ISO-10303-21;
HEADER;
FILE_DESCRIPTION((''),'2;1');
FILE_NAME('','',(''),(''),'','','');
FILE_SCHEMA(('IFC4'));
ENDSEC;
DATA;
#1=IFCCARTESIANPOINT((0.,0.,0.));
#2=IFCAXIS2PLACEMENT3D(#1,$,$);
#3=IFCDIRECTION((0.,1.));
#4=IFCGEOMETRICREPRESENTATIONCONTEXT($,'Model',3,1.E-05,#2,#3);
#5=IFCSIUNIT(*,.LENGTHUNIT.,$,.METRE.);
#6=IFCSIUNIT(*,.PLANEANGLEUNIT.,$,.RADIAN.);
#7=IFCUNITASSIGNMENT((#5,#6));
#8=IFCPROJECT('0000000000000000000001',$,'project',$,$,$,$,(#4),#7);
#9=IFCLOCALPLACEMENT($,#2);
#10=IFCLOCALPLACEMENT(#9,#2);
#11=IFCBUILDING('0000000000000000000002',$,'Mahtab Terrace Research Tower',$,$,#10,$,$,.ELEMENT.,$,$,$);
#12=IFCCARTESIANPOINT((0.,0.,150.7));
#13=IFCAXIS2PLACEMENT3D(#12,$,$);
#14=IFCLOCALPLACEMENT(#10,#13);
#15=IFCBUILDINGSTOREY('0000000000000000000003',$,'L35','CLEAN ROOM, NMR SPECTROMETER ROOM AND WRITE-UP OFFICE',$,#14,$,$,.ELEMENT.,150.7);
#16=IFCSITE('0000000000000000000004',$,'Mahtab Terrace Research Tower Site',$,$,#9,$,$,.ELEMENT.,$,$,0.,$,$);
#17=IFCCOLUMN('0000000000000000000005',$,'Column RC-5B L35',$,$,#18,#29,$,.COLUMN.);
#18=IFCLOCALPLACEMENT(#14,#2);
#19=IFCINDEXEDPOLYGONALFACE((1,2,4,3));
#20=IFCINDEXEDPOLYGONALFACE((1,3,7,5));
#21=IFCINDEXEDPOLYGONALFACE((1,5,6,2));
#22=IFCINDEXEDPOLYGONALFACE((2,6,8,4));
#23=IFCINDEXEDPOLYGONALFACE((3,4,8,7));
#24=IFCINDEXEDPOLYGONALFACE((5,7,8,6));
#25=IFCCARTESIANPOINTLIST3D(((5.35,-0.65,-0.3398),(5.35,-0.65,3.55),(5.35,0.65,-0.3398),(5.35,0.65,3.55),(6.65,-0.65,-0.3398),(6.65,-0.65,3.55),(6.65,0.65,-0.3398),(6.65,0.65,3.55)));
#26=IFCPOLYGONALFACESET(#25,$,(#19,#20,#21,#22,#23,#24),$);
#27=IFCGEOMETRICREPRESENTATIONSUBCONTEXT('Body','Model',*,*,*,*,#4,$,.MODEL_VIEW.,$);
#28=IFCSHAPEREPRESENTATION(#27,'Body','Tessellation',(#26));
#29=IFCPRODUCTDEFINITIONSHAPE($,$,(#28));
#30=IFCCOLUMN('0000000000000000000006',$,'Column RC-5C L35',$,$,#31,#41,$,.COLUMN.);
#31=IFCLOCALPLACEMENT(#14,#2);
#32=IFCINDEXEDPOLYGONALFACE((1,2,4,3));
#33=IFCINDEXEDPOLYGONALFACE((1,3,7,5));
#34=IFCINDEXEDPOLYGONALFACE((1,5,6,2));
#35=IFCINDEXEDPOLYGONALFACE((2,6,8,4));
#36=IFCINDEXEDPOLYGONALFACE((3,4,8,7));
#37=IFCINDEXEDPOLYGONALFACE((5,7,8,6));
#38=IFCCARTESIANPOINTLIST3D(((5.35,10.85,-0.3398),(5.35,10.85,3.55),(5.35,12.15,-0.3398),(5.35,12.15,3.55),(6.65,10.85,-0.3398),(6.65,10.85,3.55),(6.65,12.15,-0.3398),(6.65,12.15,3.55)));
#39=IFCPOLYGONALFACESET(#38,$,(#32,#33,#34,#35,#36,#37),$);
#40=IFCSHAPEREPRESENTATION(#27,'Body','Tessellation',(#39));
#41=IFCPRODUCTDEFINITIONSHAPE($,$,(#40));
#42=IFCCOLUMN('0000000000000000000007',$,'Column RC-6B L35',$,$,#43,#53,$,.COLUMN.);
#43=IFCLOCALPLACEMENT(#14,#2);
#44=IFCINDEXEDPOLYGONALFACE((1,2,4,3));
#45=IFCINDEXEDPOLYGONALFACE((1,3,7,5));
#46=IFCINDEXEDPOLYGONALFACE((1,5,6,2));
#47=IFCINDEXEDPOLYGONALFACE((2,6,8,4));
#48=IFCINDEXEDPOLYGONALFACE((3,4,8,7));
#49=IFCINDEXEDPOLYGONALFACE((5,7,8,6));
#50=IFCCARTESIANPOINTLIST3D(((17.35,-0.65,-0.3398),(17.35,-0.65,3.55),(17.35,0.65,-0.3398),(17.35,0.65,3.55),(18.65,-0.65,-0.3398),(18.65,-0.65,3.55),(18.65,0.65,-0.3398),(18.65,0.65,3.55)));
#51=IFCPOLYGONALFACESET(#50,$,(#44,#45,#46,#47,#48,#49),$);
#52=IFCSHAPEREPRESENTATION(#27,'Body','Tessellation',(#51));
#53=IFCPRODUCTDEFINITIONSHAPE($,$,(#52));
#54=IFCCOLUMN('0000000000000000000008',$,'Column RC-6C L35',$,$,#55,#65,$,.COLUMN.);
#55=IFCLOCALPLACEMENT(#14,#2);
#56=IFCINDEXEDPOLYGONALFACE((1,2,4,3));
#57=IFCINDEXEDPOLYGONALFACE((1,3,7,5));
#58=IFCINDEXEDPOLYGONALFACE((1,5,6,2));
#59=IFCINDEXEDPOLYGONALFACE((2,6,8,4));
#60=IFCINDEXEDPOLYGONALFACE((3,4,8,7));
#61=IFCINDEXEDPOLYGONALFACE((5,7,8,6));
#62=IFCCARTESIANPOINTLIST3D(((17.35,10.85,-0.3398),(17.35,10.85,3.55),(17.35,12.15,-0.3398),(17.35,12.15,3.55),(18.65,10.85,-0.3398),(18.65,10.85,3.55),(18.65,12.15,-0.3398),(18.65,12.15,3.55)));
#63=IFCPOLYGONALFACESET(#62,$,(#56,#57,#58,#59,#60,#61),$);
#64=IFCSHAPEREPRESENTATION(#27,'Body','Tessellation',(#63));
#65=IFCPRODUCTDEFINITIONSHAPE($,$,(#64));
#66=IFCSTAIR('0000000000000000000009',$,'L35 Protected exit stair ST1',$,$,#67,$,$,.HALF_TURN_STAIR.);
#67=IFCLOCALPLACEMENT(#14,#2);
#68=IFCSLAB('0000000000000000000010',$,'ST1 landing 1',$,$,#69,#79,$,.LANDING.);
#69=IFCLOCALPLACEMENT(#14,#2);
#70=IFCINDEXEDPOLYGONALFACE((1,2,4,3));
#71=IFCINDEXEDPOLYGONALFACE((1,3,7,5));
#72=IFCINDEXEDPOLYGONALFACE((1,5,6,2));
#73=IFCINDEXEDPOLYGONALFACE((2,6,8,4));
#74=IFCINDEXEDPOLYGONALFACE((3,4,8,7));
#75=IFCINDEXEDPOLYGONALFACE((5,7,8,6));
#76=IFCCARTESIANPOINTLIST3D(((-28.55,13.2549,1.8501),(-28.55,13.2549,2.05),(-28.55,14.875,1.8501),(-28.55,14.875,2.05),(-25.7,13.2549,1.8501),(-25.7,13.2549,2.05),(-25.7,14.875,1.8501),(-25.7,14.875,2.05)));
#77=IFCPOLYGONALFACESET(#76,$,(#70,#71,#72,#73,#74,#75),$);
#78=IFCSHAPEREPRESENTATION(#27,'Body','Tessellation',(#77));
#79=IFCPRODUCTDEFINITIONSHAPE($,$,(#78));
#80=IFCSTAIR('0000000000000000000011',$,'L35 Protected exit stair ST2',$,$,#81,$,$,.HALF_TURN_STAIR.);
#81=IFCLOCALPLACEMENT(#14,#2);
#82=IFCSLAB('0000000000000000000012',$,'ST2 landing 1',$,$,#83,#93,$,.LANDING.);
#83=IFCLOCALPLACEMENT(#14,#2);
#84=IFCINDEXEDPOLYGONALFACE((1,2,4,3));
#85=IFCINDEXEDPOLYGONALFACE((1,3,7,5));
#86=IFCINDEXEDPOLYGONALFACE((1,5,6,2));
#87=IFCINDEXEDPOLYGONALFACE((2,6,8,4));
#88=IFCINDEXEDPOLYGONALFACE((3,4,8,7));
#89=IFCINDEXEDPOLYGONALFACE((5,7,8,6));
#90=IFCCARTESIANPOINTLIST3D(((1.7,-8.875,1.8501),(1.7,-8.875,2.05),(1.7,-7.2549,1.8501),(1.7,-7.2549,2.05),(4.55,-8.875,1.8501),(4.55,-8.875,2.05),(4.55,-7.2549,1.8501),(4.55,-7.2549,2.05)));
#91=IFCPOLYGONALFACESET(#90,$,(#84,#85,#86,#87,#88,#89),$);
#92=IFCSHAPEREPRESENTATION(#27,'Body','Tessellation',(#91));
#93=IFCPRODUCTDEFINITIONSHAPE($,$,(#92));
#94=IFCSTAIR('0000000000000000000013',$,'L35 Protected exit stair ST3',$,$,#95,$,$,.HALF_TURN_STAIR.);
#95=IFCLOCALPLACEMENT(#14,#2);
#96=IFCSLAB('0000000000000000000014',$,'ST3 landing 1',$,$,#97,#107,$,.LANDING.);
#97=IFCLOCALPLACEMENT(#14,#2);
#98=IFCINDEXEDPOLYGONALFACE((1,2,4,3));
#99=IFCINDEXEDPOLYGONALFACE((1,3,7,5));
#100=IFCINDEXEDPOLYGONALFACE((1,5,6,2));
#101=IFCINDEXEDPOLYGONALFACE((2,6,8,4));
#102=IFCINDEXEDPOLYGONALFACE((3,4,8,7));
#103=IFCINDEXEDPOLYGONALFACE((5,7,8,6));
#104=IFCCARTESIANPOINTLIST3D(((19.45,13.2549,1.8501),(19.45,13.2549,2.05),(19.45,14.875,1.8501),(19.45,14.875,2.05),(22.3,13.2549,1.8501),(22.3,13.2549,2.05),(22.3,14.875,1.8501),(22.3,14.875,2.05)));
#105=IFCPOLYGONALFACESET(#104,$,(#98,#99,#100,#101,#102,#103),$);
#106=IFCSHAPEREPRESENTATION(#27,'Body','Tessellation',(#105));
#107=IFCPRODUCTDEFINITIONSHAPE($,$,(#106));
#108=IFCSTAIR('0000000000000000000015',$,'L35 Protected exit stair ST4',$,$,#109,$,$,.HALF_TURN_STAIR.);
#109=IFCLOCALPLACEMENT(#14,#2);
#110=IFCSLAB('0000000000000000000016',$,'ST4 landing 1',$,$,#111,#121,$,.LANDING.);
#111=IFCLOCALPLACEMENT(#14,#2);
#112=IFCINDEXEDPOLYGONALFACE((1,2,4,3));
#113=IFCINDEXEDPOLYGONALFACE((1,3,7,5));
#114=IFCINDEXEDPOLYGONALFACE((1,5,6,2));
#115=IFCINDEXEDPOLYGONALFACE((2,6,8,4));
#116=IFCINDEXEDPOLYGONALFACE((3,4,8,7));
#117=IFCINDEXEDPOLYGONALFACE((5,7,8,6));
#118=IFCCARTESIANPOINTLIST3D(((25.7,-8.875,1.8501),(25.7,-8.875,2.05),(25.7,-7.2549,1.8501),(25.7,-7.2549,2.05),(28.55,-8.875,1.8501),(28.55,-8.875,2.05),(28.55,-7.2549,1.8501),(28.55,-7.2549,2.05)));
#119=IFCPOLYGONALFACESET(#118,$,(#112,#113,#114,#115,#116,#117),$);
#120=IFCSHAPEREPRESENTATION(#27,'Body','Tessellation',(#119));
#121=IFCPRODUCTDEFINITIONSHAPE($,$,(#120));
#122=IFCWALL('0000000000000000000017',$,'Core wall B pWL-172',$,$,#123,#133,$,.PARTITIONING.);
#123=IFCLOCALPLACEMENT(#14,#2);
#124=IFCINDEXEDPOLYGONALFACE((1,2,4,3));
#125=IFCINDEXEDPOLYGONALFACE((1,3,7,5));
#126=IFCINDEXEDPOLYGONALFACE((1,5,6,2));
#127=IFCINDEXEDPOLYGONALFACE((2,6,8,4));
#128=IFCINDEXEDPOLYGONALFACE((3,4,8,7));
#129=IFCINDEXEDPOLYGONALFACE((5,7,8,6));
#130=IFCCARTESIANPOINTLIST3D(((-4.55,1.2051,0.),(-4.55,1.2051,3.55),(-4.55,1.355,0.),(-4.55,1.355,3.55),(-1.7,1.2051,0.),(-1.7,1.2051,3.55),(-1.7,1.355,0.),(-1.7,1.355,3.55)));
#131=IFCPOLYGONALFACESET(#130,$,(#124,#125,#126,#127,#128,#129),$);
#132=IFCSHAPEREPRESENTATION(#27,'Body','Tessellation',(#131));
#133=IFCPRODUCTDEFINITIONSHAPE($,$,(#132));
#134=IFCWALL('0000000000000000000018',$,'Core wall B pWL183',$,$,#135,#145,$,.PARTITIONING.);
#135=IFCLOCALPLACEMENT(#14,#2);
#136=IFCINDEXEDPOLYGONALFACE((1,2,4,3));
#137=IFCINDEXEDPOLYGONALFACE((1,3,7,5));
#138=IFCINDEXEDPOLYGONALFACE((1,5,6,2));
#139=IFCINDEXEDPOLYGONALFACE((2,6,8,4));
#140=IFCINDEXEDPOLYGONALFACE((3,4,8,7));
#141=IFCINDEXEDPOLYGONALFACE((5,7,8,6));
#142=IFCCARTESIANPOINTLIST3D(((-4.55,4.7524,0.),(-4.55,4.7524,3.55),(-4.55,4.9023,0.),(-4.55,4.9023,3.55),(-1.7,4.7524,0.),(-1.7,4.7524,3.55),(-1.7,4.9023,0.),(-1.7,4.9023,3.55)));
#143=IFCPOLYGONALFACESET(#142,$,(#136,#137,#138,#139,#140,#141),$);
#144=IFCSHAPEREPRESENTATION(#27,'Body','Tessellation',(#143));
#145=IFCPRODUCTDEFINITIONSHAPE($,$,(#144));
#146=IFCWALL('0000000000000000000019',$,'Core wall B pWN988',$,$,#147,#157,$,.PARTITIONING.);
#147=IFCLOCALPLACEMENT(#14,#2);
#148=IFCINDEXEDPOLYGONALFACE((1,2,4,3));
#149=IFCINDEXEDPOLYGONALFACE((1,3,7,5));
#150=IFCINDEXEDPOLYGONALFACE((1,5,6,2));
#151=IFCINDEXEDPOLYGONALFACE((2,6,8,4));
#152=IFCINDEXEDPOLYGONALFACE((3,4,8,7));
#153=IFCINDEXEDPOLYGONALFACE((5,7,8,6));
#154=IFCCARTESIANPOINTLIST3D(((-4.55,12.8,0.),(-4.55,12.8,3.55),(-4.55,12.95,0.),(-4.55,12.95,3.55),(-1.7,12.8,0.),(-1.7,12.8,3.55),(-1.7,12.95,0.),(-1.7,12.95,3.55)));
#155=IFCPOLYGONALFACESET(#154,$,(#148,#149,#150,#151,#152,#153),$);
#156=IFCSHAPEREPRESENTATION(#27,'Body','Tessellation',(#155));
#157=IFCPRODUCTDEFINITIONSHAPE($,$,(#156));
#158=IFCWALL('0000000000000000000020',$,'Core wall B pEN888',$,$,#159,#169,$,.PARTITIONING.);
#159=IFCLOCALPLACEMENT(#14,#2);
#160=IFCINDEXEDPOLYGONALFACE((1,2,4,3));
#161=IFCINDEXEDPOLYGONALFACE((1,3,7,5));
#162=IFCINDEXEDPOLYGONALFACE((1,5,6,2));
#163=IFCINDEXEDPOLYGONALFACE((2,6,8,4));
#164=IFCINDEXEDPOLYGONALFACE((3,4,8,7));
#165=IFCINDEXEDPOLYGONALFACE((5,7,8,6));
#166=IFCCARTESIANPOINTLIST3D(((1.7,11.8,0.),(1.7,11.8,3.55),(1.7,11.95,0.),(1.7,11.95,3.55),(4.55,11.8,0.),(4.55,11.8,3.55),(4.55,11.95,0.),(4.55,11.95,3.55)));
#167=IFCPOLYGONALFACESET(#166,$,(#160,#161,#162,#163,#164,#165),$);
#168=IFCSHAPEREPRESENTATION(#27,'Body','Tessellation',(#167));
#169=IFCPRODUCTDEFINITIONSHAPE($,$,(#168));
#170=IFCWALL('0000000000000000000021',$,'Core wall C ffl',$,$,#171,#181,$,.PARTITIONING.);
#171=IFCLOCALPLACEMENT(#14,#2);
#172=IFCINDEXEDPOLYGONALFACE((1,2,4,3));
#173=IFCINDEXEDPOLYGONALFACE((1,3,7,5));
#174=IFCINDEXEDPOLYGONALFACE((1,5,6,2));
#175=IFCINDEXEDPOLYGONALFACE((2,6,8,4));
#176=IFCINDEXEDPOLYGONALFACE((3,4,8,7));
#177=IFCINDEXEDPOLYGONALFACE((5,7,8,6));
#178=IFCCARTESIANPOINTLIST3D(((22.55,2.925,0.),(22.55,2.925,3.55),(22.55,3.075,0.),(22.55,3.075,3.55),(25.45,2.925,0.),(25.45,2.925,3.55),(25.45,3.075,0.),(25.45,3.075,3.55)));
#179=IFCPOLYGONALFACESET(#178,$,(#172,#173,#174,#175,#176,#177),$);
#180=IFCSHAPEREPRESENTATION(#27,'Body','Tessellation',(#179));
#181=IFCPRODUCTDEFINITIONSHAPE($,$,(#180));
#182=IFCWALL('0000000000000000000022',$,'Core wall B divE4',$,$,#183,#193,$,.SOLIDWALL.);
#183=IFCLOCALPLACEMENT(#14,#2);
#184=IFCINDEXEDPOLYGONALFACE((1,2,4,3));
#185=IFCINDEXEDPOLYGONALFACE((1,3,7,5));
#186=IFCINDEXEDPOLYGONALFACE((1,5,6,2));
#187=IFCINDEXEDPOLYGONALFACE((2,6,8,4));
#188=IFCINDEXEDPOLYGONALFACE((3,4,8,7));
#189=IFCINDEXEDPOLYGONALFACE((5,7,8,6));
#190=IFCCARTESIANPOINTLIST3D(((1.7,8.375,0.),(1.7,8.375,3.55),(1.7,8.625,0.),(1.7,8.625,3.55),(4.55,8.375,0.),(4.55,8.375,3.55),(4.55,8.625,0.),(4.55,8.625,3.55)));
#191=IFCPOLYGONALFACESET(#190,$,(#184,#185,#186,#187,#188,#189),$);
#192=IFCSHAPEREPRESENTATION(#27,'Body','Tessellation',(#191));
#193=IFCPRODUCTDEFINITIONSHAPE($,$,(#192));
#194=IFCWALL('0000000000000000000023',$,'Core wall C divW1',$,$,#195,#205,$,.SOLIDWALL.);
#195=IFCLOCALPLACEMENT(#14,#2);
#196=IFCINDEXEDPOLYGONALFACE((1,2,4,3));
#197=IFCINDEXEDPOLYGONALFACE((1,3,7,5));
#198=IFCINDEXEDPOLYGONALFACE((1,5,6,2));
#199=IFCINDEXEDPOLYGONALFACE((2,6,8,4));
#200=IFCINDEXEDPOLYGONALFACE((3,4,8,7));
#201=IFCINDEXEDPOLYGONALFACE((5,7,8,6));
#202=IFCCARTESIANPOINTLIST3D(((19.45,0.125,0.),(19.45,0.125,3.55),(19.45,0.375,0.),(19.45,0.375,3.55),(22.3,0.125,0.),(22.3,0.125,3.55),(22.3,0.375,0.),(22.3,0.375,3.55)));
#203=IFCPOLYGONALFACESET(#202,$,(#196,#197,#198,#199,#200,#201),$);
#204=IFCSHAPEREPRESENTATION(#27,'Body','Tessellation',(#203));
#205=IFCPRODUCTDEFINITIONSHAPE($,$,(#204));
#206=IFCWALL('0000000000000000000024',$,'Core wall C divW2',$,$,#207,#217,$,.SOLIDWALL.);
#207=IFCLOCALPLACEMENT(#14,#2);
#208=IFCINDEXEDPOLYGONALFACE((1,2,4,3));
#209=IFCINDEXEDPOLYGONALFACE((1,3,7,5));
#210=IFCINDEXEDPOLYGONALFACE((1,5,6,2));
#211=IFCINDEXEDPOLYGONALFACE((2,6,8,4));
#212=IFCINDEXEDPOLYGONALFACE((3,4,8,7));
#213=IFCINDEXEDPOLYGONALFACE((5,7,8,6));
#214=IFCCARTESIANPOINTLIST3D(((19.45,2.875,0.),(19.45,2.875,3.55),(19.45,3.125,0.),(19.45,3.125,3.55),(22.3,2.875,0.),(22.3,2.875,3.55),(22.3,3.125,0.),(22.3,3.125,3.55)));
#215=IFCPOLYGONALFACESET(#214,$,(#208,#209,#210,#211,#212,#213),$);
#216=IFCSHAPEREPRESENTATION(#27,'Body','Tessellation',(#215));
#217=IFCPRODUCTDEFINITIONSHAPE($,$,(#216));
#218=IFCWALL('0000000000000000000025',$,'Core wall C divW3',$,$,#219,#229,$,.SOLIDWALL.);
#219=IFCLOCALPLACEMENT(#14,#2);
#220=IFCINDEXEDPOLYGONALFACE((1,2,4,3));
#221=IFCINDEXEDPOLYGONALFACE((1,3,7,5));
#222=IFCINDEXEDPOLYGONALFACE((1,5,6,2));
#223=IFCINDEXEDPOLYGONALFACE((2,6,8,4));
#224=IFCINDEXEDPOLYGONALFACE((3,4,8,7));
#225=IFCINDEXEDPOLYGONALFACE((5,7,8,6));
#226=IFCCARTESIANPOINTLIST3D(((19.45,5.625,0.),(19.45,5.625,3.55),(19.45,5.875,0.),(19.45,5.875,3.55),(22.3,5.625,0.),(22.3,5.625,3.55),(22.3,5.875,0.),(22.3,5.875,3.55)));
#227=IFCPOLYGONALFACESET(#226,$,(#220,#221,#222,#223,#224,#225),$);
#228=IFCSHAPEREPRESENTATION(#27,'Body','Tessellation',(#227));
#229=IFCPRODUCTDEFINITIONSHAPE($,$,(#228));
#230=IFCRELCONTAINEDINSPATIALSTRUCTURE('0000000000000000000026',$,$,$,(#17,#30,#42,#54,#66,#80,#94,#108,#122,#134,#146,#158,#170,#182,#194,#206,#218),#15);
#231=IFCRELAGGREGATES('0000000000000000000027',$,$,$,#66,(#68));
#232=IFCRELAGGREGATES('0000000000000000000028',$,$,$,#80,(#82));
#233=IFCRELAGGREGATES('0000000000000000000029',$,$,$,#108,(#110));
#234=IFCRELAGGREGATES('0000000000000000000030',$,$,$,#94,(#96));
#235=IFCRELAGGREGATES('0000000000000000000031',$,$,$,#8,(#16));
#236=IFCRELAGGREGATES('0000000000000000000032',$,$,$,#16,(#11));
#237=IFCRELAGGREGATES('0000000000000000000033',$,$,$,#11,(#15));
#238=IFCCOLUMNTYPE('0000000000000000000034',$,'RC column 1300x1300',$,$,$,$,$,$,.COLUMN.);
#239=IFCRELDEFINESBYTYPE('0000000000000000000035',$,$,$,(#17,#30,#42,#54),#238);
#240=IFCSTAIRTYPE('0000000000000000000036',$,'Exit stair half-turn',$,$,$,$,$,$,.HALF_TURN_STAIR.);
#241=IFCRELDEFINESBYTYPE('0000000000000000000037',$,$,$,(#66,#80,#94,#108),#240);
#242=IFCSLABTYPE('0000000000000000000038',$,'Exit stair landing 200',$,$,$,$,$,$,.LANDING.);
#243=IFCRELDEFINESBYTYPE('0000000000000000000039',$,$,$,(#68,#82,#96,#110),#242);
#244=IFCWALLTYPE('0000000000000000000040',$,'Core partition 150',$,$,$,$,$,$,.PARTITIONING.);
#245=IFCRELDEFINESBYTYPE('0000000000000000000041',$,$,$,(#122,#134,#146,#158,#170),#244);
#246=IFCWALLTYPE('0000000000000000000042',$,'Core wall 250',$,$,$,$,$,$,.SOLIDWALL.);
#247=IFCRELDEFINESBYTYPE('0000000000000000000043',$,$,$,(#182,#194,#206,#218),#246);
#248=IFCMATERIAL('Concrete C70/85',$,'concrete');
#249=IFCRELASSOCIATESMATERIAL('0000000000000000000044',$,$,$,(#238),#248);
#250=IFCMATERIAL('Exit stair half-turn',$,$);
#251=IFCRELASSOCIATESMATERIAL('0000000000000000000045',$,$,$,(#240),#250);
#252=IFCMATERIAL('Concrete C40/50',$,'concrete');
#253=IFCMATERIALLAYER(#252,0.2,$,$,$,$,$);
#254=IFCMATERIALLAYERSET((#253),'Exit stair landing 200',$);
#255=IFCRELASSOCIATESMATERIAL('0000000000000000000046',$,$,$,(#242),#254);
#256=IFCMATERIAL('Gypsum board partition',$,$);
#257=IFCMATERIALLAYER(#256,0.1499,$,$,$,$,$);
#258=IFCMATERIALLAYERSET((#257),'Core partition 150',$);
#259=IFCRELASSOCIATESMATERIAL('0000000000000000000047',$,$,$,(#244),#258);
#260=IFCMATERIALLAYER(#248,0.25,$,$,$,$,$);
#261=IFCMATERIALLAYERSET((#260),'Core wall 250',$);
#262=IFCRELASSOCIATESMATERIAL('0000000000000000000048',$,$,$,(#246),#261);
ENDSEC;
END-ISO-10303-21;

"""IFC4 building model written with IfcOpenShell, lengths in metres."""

from ifc_helpers import new_model, si_unit, direction, frame, frame_2d, origin, origin_2d, place, context, subcontext, project, spatial, polyline, rectangle, outline, extrude, material, layer, layer_set, material_profile, profile_set, type_object, element, aggregate, save


model = new_model("IFC4")

# Units and contexts
model_context = context("Model", 3, precision=1e-05, world=origin(), true_north=direction((0.0, 1.0)))
body_context = subcontext(model_context, "Body", "Model", "MODEL_VIEW")
ifc_project = project(units=[si_unit("LENGTHUNIT", "METRE"), si_unit("PLANEANGLEUNIT", "RADIAN")], contexts=[model_context])

# Site, building, storey
site_placement = place(None, origin())
site = spatial("IfcSite", under=ifc_project, at=site_placement, Name="Mahtab Terrace Research Tower Site", CompositionType="ELEMENT", RefElevation=0.0)
building_placement = place(site_placement, origin())
building = spatial("IfcBuilding", under=site, at=building_placement, Name="Mahtab Terrace Research Tower", CompositionType="ELEMENT")
storey_placement = place(building_placement, frame((0.0, 0.0, 150.7)))
storey = spatial("IfcBuildingStorey", under=building, at=storey_placement, Name="L35", Description="CLEAN ROOM, NMR SPECTROMETER ROOM AND WRITE-UP OFFICE", CompositionType="ELEMENT", Elevation=150.7)

# Columns
ifc_material_1 = material(Name="Concrete C70/85", Category="concrete")
ifc_material_profile = material_profile(ifc_material_1, rectangle(XDim=1.3, YDim=1.3, at=origin_2d()), Name="RC column 1300x1300")
ifc_profile_set = profile_set([ifc_material_profile], Name="Concrete C70/85")
column_type = type_object("IfcColumnType", Name="RC column 1300x1300", PredefinedType="COLUMN", material=ifc_profile_set)
for number, where, z_axis, x_axis, name in (
    (1, (6.0, 0.0, -0.3398), (0.0, 0.0, 1.0), (1.0, 0.0, 0.0), "Column RC-5B L35"),
    (2, (6.0, 11.5, -0.3398), (0.0, 0.0, 1.0), (1.0, 0.0, 0.0), "Column RC-5C L35"),
    (3, (18.0, 0.0, -0.3398), (0.0, 0.0, 1.0), (1.0, 0.0, 0.0), "Column RC-6B L35"),
    (4, (18.0, 11.5, -0.3398), (0.0, 0.0, 1.0), (1.0, 0.0, 0.0), "Column RC-6C L35"),
):
    element("IfcColumn", number, at=place(storey_placement, frame(where, z_axis=z_axis, x_axis=x_axis)), inside=storey, type_object=column_type, Name=name, PredefinedType="COLUMN", context=body_context, shape_type="SweptSolid", body=[
        extrude(rectangle(XDim=1.3, YDim=1.3, at=origin_2d()), origin(), (0.0, 0.0, 1.0), 3.8899),
    ])

# Stairs, slabs
ifc_material_2 = material(Name="Exit stair half-turn")
stair_type = type_object("IfcStairType", Name="Exit stair half-turn", PredefinedType="HALF_TURN_STAIR", material=ifc_material_2)
stair_1_placement = place(storey_placement, origin())
stair_1 = element("IfcStair", 5, at=stair_1_placement, inside=storey, type_object=stair_type, Name="L35 Protected exit stair ST1", PredefinedType="HALF_TURN_STAIR")
ifc_material_3 = material(Name="Concrete C40/50", Category="concrete")
ifc_layer_1 = layer(ifc_material_3, 0.2)
ifc_layer_set_1 = layer_set([ifc_layer_1], Name="Exit stair landing 200")
slab_type = type_object("IfcSlabType", Name="Exit stair landing 200", PredefinedType="LANDING", material=ifc_layer_set_1)
slab_1_placement = place(storey_placement, frame((0.0, 0.0, 1.8501)))
slab_1 = element("IfcSlab", 6, at=slab_1_placement, type_object=slab_type, Name="ST1 landing 1", PredefinedType="LANDING", context=body_context, shape_type="SweptSolid", body=[
    extrude(outline(polyline([(-25.7, 13.2549), (-25.7, 14.875), (-28.55, 14.875), (-28.55, 13.2549), (-25.7, 13.2549)])), origin(), (0.0, 0.0, 1.0), 0.2),
])
aggregate(stair_1, [slab_1])
stair_2_placement = place(storey_placement, origin())
stair_2 = element("IfcStair", 7, at=stair_2_placement, inside=storey, type_object=stair_type, Name="L35 Protected exit stair ST2", PredefinedType="HALF_TURN_STAIR")
slab_2_placement = place(storey_placement, frame((0.0, 0.0, 1.8501)))
slab_2 = element("IfcSlab", 8, at=slab_2_placement, type_object=slab_type, Name="ST2 landing 1", PredefinedType="LANDING", context=body_context, shape_type="SweptSolid", body=[
    extrude(outline(polyline([(1.7, -7.2549), (1.7, -8.875), (4.55, -8.875), (4.55, -7.2549), (1.7, -7.2549)])), origin(), (0.0, 0.0, 1.0), 0.2),
])
aggregate(stair_2, [slab_2])
stair_3_placement = place(storey_placement, origin())
stair_3 = element("IfcStair", 9, at=stair_3_placement, inside=storey, type_object=stair_type, Name="L35 Protected exit stair ST3", PredefinedType="HALF_TURN_STAIR")
slab_3_placement = place(storey_placement, frame((0.0, 0.0, 1.8501)))
slab_3 = element("IfcSlab", 10, at=slab_3_placement, type_object=slab_type, Name="ST3 landing 1", PredefinedType="LANDING", context=body_context, shape_type="SweptSolid", body=[
    extrude(outline(polyline([(22.3, 13.2549), (22.3, 14.875), (19.45, 14.875), (19.45, 13.2549), (22.3, 13.2549)])), origin(), (0.0, 0.0, 1.0), 0.2),
])
stair_4_placement = place(storey_placement, origin())
stair_4 = element("IfcStair", 11, at=stair_4_placement, inside=storey, type_object=stair_type, Name="L35 Protected exit stair ST4", PredefinedType="HALF_TURN_STAIR")
slab_4_placement = place(storey_placement, frame((0.0, 0.0, 1.8501)))
slab_4 = element("IfcSlab", 12, at=slab_4_placement, type_object=slab_type, Name="ST4 landing 1", PredefinedType="LANDING", context=body_context, shape_type="SweptSolid", body=[
    extrude(outline(polyline([(25.7, -7.2549), (25.7, -8.875), (28.55, -8.875), (28.55, -7.2549), (25.7, -7.2549)])), origin(), (0.0, 0.0, 1.0), 0.2),
])
aggregate(stair_4, [slab_4])

# Walls
ifc_material_4 = material(Name="Gypsum board partition")
ifc_layer_2 = layer(ifc_material_4, 0.1499)
ifc_layer_set_2 = layer_set([ifc_layer_2], Name="Core partition 150")
wall_type_1 = type_object("IfcWallType", Name="Core partition 150", PredefinedType="PARTITIONING", material=ifc_layer_set_2)
for number, where, z_axis, x_axis, name in (
    (13, (-4.55, 1.28, 0.0), (0.0, 0.0, 1.0), (1.0, 0.0, 0.0), "Core wall B pWL-172"),
    (14, (-4.55, 4.8274, 0.0), (0.0, 0.0, 1.0), (1.0, 0.0, 0.0), "Core wall B pWL183"),
    (15, (-4.55, 12.875, 0.0), (0.0, 0.0, 1.0), (1.0, 0.0, 0.0), "Core wall B pWN988"),
    (16, (1.7, 11.875, 0.0), (0.0, 0.0, 1.0), (1.0, 0.0, 0.0), "Core wall B pEN888"),
):
    element("IfcWall", number, at=place(storey_placement, frame(where, z_axis=z_axis, x_axis=x_axis)), inside=storey, type_object=wall_type_1, Name=name, PredefinedType="PARTITIONING", context=body_context, shape_type="SweptSolid", body=[
        extrude(rectangle(XDim=2.8501, YDim=0.1499, at=frame_2d((1.425, 0.0))), origin(), (0.0, 0.0, 1.0), 3.55),
    ])
wall_1_placement = place(storey_placement, frame((22.55, 3.0, 0.0), z_axis=(0.0, 0.0, 1.0), x_axis=(1.0, 0.0, 0.0)))
element("IfcWall", 17, at=wall_1_placement, inside=storey, type_object=wall_type_1, Name="Core wall C ffl", PredefinedType="PARTITIONING", context=body_context, shape_type="SweptSolid", body=[
    extrude(rectangle(XDim=2.8999, YDim=0.1499, at=frame_2d((1.45, 0.0))), origin(), (0.0, 0.0, 1.0), 3.55),
])
ifc_layer_3 = layer(ifc_material_1, 0.25)
ifc_layer_set_3 = layer_set([ifc_layer_3], Name="Core wall 250")
wall_type_2 = type_object("IfcWallType", Name="Core wall 250", PredefinedType="SOLIDWALL", material=ifc_layer_set_3)
for number, where, z_axis, x_axis, name in (
    (18, (1.7, 8.5, 0.0), (0.0, 0.0, 1.0), (1.0, 0.0, 0.0), "Core wall B divE4"),
    (19, (19.45, 0.25, 0.0), (0.0, 0.0, 1.0), (1.0, 0.0, 0.0), "Core wall C divW1"),
    (20, (19.45, 3.0, 0.0), (0.0, 0.0, 1.0), (1.0, 0.0, 0.0), "Core wall C divW2"),
    (21, (19.45, 5.75, 0.0), (0.0, 0.0, 1.0), (1.0, 0.0, 0.0), "Core wall C divW3"),
):
    element("IfcWall", number, at=place(storey_placement, frame(where, z_axis=z_axis, x_axis=x_axis)), inside=storey, type_object=wall_type_2, Name=name, PredefinedType="SOLIDWALL", context=body_context, shape_type="SweptSolid", body=[
        extrude(rectangle(XDim=2.8501, YDim=0.25, at=frame_2d((1.425, 0.0))), origin(), (0.0, 0.0, 1.0), 3.55),
    ])

aggregate(stair_3, [slab_3])

save(model, "model.ifc")
